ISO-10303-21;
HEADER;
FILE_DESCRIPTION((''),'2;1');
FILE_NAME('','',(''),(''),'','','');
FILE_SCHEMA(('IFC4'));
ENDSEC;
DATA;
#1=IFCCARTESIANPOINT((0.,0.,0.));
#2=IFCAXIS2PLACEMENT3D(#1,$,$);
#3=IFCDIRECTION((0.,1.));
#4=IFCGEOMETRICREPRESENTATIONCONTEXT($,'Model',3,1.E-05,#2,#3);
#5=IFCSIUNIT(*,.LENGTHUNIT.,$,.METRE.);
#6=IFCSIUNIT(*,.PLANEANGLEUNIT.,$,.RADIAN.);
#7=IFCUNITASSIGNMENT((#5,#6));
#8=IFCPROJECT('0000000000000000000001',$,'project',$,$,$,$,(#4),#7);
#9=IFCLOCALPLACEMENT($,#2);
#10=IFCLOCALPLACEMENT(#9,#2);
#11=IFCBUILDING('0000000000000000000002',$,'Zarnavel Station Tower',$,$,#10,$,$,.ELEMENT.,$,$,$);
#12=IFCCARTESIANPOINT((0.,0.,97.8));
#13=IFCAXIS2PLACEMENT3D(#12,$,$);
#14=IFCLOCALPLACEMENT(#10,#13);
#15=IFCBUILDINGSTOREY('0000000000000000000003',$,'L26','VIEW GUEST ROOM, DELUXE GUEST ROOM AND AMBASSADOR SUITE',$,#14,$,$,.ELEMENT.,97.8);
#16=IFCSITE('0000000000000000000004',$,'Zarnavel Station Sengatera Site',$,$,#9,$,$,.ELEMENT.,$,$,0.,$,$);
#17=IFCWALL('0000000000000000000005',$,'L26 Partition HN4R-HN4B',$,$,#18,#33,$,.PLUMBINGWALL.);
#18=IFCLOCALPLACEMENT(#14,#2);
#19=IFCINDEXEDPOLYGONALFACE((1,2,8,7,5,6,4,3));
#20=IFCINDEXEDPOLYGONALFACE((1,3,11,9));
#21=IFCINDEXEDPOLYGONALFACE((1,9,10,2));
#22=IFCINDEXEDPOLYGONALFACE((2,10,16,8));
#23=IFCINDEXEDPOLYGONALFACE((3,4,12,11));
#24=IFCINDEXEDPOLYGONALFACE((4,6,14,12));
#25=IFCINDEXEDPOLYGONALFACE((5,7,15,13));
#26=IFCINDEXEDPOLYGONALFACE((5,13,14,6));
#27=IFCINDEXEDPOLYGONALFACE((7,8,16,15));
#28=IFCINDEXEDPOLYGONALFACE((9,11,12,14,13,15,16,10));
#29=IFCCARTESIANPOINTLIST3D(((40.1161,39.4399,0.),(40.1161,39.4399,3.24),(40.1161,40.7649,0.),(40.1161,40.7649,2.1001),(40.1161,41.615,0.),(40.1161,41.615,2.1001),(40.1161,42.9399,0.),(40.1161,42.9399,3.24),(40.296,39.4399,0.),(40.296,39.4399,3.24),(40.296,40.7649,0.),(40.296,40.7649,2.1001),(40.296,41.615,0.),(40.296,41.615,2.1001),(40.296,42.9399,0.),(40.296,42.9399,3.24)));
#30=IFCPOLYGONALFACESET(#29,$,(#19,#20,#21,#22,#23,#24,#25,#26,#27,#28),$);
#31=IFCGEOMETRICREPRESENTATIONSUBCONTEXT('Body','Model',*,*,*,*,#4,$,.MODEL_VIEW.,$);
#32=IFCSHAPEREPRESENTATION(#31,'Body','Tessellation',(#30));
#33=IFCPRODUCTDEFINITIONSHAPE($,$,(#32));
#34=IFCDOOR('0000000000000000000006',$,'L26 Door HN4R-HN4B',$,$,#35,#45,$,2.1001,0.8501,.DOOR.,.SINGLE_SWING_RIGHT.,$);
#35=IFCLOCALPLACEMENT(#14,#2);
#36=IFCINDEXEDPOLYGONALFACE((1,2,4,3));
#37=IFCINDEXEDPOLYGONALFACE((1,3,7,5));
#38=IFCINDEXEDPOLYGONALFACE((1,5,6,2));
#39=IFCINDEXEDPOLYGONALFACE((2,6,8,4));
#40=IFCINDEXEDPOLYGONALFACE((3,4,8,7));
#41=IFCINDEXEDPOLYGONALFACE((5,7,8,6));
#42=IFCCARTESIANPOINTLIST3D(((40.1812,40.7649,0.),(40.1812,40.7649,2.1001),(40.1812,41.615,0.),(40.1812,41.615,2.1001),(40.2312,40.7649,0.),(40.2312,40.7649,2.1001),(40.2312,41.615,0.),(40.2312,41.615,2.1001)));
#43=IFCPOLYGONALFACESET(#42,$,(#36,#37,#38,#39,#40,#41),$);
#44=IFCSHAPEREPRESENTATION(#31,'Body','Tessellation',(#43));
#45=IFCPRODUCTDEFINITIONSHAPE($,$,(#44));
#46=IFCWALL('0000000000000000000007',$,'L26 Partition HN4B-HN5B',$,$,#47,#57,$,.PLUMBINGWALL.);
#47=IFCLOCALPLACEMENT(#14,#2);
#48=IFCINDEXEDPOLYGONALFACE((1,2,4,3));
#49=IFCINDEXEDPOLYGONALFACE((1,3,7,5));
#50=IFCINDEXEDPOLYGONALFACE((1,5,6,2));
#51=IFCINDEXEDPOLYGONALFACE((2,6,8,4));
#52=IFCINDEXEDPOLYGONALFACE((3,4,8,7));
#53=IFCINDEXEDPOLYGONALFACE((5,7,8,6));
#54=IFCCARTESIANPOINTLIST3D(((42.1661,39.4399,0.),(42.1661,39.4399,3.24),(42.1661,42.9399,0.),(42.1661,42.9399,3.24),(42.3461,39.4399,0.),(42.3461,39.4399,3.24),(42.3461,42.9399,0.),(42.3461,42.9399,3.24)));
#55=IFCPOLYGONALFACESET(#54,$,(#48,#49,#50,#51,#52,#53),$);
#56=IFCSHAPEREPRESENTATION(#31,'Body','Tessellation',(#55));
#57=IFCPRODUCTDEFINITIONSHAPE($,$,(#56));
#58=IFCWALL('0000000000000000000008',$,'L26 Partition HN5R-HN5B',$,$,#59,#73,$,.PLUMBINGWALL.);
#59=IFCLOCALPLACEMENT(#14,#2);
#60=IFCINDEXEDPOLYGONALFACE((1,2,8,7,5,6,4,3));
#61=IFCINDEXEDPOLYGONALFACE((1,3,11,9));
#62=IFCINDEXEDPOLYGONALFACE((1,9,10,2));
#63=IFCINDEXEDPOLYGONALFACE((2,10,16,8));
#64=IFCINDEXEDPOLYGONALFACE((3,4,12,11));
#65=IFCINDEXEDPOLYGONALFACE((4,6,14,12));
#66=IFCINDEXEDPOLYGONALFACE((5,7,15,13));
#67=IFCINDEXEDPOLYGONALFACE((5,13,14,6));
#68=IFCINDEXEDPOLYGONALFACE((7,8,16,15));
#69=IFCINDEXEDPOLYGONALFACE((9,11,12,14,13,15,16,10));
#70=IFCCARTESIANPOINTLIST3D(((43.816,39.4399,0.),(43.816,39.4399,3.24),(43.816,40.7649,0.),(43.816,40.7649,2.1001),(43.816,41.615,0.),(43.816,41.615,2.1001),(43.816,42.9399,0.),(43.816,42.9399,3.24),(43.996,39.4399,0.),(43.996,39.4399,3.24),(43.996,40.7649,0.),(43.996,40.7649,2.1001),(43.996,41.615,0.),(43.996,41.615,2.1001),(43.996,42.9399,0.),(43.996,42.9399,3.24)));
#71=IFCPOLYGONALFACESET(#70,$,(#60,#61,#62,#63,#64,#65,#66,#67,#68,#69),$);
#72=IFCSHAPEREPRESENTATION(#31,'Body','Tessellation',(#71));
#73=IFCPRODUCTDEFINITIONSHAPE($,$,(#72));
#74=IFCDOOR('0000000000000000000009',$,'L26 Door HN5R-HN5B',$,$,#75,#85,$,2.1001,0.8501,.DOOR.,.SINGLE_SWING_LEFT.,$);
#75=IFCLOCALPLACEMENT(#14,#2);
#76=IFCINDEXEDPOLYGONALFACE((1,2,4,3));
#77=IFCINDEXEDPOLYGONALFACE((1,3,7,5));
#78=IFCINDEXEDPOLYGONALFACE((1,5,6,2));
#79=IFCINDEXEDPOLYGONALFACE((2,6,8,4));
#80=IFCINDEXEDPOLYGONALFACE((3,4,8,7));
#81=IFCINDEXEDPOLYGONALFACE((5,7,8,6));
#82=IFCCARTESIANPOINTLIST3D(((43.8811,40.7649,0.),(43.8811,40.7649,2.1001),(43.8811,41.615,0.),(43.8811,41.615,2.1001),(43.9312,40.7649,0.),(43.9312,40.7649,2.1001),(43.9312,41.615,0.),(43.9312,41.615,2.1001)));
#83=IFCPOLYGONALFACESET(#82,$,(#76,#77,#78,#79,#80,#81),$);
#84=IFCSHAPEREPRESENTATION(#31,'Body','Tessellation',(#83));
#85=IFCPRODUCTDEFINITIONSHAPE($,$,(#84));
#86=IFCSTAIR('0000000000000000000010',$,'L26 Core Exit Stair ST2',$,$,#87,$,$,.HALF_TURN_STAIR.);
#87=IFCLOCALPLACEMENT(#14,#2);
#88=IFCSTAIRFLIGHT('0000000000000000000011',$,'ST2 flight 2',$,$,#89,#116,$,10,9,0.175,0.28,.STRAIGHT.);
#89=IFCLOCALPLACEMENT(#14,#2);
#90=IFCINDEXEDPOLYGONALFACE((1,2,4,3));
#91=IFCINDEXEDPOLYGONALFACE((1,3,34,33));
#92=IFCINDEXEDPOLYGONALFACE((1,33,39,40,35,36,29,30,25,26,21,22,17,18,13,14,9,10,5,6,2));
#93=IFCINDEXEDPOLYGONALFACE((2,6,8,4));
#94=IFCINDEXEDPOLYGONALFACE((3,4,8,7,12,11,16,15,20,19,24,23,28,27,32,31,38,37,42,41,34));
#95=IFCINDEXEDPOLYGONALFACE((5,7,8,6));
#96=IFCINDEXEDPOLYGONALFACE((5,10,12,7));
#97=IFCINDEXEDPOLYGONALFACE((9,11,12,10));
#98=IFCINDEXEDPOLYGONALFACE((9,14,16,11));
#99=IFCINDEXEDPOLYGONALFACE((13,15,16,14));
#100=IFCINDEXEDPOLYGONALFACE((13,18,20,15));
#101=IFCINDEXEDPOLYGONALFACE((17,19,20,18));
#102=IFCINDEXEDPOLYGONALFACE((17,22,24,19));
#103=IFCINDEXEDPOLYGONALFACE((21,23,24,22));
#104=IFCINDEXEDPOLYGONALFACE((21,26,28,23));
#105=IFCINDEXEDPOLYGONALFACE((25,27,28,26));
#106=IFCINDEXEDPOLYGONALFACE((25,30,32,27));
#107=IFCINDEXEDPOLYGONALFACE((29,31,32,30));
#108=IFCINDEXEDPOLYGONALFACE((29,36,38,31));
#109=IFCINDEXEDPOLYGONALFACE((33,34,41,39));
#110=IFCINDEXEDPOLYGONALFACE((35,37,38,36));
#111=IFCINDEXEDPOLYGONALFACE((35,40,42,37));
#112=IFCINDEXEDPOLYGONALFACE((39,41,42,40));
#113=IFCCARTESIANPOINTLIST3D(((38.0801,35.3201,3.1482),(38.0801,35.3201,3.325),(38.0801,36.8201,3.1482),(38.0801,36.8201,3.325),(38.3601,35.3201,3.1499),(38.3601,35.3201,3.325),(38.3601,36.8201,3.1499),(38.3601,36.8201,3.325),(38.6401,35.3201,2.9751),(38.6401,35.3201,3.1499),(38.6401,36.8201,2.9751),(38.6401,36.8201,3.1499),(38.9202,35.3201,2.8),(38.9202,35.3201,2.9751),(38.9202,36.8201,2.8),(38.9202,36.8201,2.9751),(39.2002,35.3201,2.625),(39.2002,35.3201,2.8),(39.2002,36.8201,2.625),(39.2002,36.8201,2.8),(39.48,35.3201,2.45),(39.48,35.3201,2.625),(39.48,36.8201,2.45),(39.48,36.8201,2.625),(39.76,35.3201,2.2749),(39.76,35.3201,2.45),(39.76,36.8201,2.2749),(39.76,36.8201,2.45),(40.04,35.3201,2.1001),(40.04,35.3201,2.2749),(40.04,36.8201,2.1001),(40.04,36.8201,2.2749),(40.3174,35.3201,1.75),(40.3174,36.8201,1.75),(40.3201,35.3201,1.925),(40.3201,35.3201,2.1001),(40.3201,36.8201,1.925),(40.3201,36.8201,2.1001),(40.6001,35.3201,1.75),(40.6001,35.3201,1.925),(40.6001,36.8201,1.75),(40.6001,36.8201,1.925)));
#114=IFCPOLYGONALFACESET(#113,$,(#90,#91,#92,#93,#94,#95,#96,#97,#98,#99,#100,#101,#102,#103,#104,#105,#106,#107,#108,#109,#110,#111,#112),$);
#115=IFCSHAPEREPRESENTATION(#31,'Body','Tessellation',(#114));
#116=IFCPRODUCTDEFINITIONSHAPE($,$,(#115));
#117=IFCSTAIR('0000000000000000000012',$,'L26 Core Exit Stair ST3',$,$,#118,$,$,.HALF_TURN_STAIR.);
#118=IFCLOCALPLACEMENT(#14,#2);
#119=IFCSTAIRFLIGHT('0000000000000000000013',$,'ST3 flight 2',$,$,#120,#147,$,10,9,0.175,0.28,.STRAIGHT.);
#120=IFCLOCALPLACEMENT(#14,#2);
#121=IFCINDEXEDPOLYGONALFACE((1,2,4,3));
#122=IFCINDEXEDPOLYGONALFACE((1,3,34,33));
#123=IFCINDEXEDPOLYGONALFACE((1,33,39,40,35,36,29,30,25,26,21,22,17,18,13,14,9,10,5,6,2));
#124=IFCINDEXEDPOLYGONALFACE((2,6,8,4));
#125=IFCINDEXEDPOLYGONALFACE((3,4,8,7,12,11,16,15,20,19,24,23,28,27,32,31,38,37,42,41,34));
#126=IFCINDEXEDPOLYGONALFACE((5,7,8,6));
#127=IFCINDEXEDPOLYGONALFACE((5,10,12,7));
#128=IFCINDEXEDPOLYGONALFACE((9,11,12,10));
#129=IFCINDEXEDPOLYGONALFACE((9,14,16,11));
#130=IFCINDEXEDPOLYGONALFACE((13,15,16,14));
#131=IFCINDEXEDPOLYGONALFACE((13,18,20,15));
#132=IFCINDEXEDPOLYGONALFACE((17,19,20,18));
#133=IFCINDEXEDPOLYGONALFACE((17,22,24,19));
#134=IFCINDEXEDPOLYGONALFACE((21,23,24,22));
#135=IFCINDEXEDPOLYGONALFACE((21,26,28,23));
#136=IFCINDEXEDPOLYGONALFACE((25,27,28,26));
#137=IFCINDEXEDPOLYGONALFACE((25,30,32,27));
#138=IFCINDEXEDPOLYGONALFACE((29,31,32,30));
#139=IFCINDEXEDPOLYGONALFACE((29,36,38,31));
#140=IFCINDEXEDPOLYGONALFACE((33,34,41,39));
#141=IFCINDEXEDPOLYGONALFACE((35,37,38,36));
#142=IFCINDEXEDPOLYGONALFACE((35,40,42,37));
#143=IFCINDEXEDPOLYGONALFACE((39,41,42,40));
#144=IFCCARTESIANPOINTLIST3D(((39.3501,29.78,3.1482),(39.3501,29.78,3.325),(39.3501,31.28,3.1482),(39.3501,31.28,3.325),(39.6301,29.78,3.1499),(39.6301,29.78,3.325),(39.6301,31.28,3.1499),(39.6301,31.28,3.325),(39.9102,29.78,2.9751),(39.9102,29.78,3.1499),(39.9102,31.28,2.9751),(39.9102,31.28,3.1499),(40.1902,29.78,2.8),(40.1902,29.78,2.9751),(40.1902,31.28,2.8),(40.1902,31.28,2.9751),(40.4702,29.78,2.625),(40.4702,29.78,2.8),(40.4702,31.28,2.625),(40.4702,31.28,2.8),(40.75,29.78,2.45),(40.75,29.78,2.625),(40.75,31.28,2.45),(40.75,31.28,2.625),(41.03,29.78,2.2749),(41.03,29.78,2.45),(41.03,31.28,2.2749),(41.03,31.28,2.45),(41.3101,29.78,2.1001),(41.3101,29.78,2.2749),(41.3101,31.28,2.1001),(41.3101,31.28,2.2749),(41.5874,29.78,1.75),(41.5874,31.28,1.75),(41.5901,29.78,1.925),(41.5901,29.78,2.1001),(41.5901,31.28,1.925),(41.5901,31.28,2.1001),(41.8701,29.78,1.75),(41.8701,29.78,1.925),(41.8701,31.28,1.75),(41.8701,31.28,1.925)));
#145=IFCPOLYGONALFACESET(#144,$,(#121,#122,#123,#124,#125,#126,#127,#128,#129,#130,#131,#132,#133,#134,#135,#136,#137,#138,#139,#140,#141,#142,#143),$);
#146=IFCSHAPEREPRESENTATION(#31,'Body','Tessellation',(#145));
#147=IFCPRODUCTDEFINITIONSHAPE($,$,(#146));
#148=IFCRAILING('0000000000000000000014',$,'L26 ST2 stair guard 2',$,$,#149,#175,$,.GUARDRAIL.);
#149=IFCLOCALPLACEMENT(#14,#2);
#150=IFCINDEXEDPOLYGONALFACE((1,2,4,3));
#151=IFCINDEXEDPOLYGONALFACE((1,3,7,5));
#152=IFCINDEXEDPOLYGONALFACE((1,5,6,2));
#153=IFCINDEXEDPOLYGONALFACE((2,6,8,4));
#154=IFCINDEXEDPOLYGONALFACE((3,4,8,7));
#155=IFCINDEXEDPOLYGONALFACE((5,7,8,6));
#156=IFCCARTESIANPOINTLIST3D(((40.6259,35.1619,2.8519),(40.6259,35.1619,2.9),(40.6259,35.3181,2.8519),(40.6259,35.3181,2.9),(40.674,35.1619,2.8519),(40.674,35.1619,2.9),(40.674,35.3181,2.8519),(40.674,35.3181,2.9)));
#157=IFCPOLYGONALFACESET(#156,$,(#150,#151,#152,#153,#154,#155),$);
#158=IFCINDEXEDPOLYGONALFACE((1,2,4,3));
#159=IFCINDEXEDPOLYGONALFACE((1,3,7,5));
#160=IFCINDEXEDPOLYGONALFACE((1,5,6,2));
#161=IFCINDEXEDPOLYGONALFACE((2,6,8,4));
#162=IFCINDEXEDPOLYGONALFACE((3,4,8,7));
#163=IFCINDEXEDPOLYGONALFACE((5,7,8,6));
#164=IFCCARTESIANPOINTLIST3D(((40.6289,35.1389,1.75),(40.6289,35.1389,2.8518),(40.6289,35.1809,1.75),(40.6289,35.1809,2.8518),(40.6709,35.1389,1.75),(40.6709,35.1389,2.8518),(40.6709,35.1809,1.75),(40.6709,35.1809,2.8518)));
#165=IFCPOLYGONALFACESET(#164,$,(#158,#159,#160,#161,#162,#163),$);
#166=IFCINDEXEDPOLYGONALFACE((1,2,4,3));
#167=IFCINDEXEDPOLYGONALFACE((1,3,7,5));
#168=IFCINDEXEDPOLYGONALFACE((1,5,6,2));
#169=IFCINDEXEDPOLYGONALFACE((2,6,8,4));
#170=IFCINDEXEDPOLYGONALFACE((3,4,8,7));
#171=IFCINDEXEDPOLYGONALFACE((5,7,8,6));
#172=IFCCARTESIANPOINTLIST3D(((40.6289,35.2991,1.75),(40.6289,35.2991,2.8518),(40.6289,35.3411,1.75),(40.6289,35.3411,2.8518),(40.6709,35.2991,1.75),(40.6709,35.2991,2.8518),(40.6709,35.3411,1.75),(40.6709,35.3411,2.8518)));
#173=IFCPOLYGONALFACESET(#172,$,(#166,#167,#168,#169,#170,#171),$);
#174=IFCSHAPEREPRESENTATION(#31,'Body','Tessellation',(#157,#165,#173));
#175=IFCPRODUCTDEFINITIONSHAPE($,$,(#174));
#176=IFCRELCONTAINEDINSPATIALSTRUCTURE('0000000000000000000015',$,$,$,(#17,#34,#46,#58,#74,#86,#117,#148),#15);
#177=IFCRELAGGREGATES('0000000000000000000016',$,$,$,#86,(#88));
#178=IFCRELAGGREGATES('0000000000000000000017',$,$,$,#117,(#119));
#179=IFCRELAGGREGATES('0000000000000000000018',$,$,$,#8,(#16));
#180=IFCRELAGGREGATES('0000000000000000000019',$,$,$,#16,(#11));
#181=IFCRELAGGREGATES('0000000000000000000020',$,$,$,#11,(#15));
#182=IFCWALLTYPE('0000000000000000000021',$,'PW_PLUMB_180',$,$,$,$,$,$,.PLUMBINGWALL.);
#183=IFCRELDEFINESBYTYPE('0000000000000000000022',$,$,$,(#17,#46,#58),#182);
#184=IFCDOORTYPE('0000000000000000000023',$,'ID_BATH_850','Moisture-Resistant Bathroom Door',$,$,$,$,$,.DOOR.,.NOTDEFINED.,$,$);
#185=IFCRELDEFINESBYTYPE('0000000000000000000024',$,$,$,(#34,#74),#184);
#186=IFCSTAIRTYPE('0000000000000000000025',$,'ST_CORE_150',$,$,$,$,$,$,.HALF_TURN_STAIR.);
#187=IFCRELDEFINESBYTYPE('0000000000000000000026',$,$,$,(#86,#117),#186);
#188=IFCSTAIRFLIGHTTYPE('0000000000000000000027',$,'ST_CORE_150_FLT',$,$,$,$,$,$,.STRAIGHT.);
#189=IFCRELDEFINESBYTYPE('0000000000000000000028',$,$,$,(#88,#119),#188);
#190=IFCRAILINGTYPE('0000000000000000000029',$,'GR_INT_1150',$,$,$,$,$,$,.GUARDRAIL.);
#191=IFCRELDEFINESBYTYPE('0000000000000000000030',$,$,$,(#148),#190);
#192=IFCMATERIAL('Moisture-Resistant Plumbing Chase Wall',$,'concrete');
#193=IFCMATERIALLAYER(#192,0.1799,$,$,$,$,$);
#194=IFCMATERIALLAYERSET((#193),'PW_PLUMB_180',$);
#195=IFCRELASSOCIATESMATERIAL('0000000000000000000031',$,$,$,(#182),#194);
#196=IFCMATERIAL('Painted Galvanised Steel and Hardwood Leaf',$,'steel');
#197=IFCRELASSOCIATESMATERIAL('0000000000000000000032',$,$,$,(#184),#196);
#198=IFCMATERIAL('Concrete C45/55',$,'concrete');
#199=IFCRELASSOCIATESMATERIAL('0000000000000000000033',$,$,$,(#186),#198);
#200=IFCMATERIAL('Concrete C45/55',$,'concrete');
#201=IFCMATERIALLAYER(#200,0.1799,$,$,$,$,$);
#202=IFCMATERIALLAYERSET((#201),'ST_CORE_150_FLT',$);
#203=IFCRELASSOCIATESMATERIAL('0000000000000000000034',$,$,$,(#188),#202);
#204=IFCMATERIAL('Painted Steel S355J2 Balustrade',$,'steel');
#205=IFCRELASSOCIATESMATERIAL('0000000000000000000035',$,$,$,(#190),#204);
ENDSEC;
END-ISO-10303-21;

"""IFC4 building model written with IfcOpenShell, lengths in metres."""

from ifc_helpers import new_model, si_unit, direction, frame, frame_2d, origin, origin_2d, place, context, subcontext, project, spatial, polyline, rectangle, outline, extrude, material, layer, layer_set, type_object, element, fill, aggregate, save


model = new_model("IFC4")

# Units and contexts
model_context = context("Model", 3, precision=1e-05, world=origin(), true_north=direction((0.0, 1.0)))
body_context = subcontext(model_context, "Body", "Model", "MODEL_VIEW")
ifc_project = project(units=[si_unit("LENGTHUNIT", "METRE"), si_unit("PLANEANGLEUNIT", "RADIAN")], contexts=[model_context])

# Site, building, storey
site_placement = place(None, origin())
site = spatial("IfcSite", under=ifc_project, at=site_placement, Name="Zarnavel Station Sengatera Site", CompositionType="ELEMENT", RefElevation=0.0)
building_placement = place(site_placement, origin())
building = spatial("IfcBuilding", under=site, at=building_placement, Name="Zarnavel Station Tower", CompositionType="ELEMENT")
storey_placement = place(building_placement, frame((0.0, 0.0, 97.8)))
storey = spatial("IfcBuildingStorey", under=building, at=storey_placement, Name="L26", Description="VIEW GUEST ROOM, DELUXE GUEST ROOM AND AMBASSADOR SUITE", CompositionType="ELEMENT", Elevation=97.8)

# Shared definitions
ifc_material_1 = material(Name="Moisture-Resistant Plumbing Chase Wall", Category="concrete")
ifc_layer_1 = layer(ifc_material_1, 0.1799)
ifc_layer_set_1 = layer_set([ifc_layer_1], Name="PW_PLUMB_180")
wall_type_1 = type_object("IfcWallType", Name="PW_PLUMB_180", PredefinedType="PLUMBINGWALL", material=ifc_layer_set_1)

# Shared definitions
ifc_material_2 = material(Name="Painted Galvanised Steel and Hardwood Leaf", Category="steel")
door_type_1 = type_object("IfcDoorType", Name="ID_BATH_850", Description="Moisture-Resistant Bathroom Door", OperationType="NOTDEFINED", PredefinedType="DOOR", material=ifc_material_2)

# Wall, opening, door
wall_1_placement = place(storey_placement, frame((40.2061, 39.4399, 0.0), z_axis=(0.0, 0.0, 1.0), x_axis=(0.0, 1.0, 0.0)))
wall_1 = element("IfcWall", 1, at=wall_1_placement, inside=storey, type_object=wall_type_1, Name="L26 Partition HN4R-HN4B", PredefinedType="PLUMBINGWALL", context=body_context, shape_type="SweptSolid", body=[
    extrude(rectangle(XDim=3.5, YDim=0.1799, at=frame_2d((1.75, 0.0))), origin(), (0.0, 0.0, 1.0), 3.24),
])
opening_1_placement = place(wall_1_placement, frame((1.325, 0.0, 0.0)))
opening_1 = element("IfcOpeningElement", 2, at=opening_1_placement, cuts=wall_1, PredefinedType="OPENING", context=body_context, shape_type="SweptSolid", body=[
    extrude(rectangle(XDim=0.8501, YDim=2.1001, at=frame_2d((0.425, 1.05))), frame((0.0, 0.0999, 0.0), z_axis=(0.0, -1.0, 0.0), x_axis=(1.0, 0.0, 0.0)), (0.0, 0.0, 1.0), 0.2),
])
door_1_placement = place(opening_1_placement, origin())
door_1 = element("IfcDoor", 3, at=door_1_placement, inside=storey, type_object=door_type_1, Name="L26 Door HN4R-HN4B", OperationType="SINGLE_SWING_RIGHT", OverallHeight=2.1001, OverallWidth=0.8501, PredefinedType="DOOR", context=body_context, shape_type="SweptSolid", body=[
    extrude(rectangle(XDim=0.8501, YDim=2.1001, at=frame_2d((0.425, 1.05))), frame((0.0, 0.0249, 0.0), z_axis=(0.0, -1.0, 0.0), x_axis=(1.0, 0.0, 0.0)), (0.0, 0.0, 1.0), 0.05),
])
fill(opening_1, door_1)

# Wall
wall_2_placement = place(storey_placement, frame((42.2561, 39.4399, 0.0), z_axis=(0.0, 0.0, 1.0), x_axis=(0.0, 1.0, 0.0)))
element("IfcWall", 4, at=wall_2_placement, inside=storey, type_object=wall_type_1, Name="L26 Partition HN4B-HN5B", PredefinedType="PLUMBINGWALL", context=body_context, shape_type="SweptSolid", body=[
    extrude(rectangle(XDim=3.5, YDim=0.1799, at=frame_2d((1.75, 0.0))), origin(), (0.0, 0.0, 1.0), 3.24),
])

# Wall, opening, door
wall_3_placement = place(storey_placement, frame((43.906, 39.4399, 0.0), z_axis=(0.0, 0.0, 1.0), x_axis=(0.0, 1.0, 0.0)))
wall_3 = element("IfcWall", 5, at=wall_3_placement, inside=storey, type_object=wall_type_1, Name="L26 Partition HN5R-HN5B", PredefinedType="PLUMBINGWALL", context=body_context, shape_type="SweptSolid", body=[
    extrude(rectangle(XDim=3.5, YDim=0.1799, at=frame_2d((1.75, 0.0))), origin(), (0.0, 0.0, 1.0), 3.24),
])
opening_2_placement = place(wall_3_placement, frame((1.325, 0.0, 0.0)))
opening_2 = element("IfcOpeningElement", 6, at=opening_2_placement, cuts=wall_3, PredefinedType="OPENING", context=body_context, shape_type="SweptSolid", body=[
    extrude(rectangle(XDim=0.8501, YDim=2.1001, at=frame_2d((0.425, 1.05))), frame((0.0, 0.0999, 0.0), z_axis=(0.0, -1.0, 0.0), x_axis=(1.0, 0.0, 0.0)), (0.0, 0.0, 1.0), 0.2),
])
door_2_placement = place(opening_2_placement, origin())
door_2 = element("IfcDoor", 7, at=door_2_placement, inside=storey, type_object=door_type_1, Name="L26 Door HN5R-HN5B", OperationType="SINGLE_SWING_LEFT", OverallHeight=2.1001, OverallWidth=0.8501, PredefinedType="DOOR", context=body_context, shape_type="SweptSolid", body=[
    extrude(rectangle(XDim=0.8501, YDim=2.1001, at=frame_2d((0.425, 1.05))), frame((0.0, 0.0249, 0.0), z_axis=(0.0, -1.0, 0.0), x_axis=(1.0, 0.0, 0.0)), (0.0, 0.0, 1.0), 0.05),
])
fill(opening_2, door_2)

# Stairs, stair flights
ifc_material_3 = material(Name="Concrete C45/55", Category="concrete")
stair_type = type_object("IfcStairType", Name="ST_CORE_150", PredefinedType="HALF_TURN_STAIR", material=ifc_material_3)
stair_1_placement = place(storey_placement, origin())
stair_1 = element("IfcStair", 8, at=stair_1_placement, inside=storey, type_object=stair_type, Name="L26 Core Exit Stair ST2", PredefinedType="HALF_TURN_STAIR")
ifc_material_4 = material(Name="Concrete C45/55", Category="concrete")
ifc_layer_2 = layer(ifc_material_4, 0.1799)
ifc_layer_set_2 = layer_set([ifc_layer_2], Name="ST_CORE_150_FLT")
stair_flight_type = type_object("IfcStairFlightType", Name="ST_CORE_150_FLT", PredefinedType="STRAIGHT", material=ifc_layer_set_2)
stair_flight_1_placement = place(storey_placement, frame((40.6001, 36.0701, 1.75), z_axis=(0.0, 0.0, 1.0), x_axis=(-1.0, 0.0, 0.0)))
stair_flight_1 = element("IfcStairFlight", 9, at=stair_flight_1_placement, type_object=stair_flight_type, Name="ST2 flight 2", NumberOfRisers=10, NumberOfTreads=9, PredefinedType="STRAIGHT", RiserHeight=0.175, TreadLength=0.28, context=body_context, shape_type="SweptSolid", body=[
    extrude(outline(polyline([(0.0, 0.0), (0.0, 0.175), (0.28, 0.175), (0.28, 0.3501), (0.5601, 0.3501), (0.5601, 0.5249), (0.8401, 0.5249), (0.8401, 0.7), (1.1201, 0.7), (1.1201, 0.875), (1.3999, 0.875), (1.3999, 1.05), (1.6799, 1.05), (1.6799, 1.2251), (1.96, 1.2251), (1.96, 1.3999), (2.24, 1.3999), (2.24, 1.575), (2.52, 1.575), (2.52, 1.75), (2.52, 1.3982), (0.2827, 0.0), (0.0, 0.0)])), frame((0.0, 0.75, 0.0), z_axis=(0.0, -1.0, 0.0), x_axis=(1.0, 0.0, 0.0)), (0.0, 0.0, 1.0), 1.5),
])
aggregate(stair_1, [stair_flight_1])
stair_2_placement = place(storey_placement, origin())
stair_2 = element("IfcStair", 10, at=stair_2_placement, inside=storey, type_object=stair_type, Name="L26 Core Exit Stair ST3", PredefinedType="HALF_TURN_STAIR")
stair_flight_2_placement = place(storey_placement, frame((41.8701, 30.53, 1.75), z_axis=(0.0, 0.0, 1.0), x_axis=(-1.0, 0.0, 0.0)))
stair_flight_2 = element("IfcStairFlight", 11, at=stair_flight_2_placement, type_object=stair_flight_type, Name="ST3 flight 2", NumberOfRisers=10, NumberOfTreads=9, PredefinedType="STRAIGHT", RiserHeight=0.175, TreadLength=0.28, context=body_context, shape_type="SweptSolid", body=[
    extrude(outline(polyline([(0.0, 0.0), (0.0, 0.175), (0.28, 0.175), (0.28, 0.3501), (0.5601, 0.3501), (0.5601, 0.5249), (0.8401, 0.5249), (0.8401, 0.7), (1.1201, 0.7), (1.1201, 0.875), (1.3999, 0.875), (1.3999, 1.05), (1.6799, 1.05), (1.6799, 1.2251), (1.96, 1.2251), (1.96, 1.3999), (2.24, 1.3999), (2.24, 1.575), (2.52, 1.575), (2.52, 1.75), (2.52, 1.3982), (0.2827, 0.0), (0.0, 0.0)])), frame((0.0, 0.75, 0.0), z_axis=(0.0, -1.0, 0.0), x_axis=(1.0, 0.0, 0.0)), (0.0, 0.0, 1.0), 1.5),
])
aggregate(stair_2, [stair_flight_2])

# Railing
ifc_material_5 = material(Name="Painted Steel S355J2 Balustrade", Category="steel")
railing_type_1 = type_object("IfcRailingType", Name="GR_INT_1150", PredefinedType="GUARDRAIL", material=ifc_material_5)
railing_placement = place(storey_placement, frame((40.6499, 35.1599, 1.75)))
element("IfcRailing", 12, at=railing_placement, inside=storey, type_object=railing_type_1, Name="L26 ST2 stair guard 2", PredefinedType="GUARDRAIL", context=body_context, shape_type="SweptSolid", body=[
    extrude(rectangle(XDim=0.0481, YDim=0.0481, at=origin_2d()), frame((0.0, 0.002, 1.126), z_axis=(0.0, 1.0, 0.0), x_axis=(-1.0, 0.0, 0.0)), (0.0, 0.0, 1.0), 0.1562),
    extrude(rectangle(XDim=0.042, YDim=0.042, at=origin_2d()), origin(), (0.0, 0.0, 1.0), 1.1018),
    extrude(rectangle(XDim=0.042, YDim=0.042, at=origin_2d()), frame((0.0, 0.1602, 0.0)), (0.0, 0.0, 1.0), 1.1018),
])

save(model, "model.ifc")
